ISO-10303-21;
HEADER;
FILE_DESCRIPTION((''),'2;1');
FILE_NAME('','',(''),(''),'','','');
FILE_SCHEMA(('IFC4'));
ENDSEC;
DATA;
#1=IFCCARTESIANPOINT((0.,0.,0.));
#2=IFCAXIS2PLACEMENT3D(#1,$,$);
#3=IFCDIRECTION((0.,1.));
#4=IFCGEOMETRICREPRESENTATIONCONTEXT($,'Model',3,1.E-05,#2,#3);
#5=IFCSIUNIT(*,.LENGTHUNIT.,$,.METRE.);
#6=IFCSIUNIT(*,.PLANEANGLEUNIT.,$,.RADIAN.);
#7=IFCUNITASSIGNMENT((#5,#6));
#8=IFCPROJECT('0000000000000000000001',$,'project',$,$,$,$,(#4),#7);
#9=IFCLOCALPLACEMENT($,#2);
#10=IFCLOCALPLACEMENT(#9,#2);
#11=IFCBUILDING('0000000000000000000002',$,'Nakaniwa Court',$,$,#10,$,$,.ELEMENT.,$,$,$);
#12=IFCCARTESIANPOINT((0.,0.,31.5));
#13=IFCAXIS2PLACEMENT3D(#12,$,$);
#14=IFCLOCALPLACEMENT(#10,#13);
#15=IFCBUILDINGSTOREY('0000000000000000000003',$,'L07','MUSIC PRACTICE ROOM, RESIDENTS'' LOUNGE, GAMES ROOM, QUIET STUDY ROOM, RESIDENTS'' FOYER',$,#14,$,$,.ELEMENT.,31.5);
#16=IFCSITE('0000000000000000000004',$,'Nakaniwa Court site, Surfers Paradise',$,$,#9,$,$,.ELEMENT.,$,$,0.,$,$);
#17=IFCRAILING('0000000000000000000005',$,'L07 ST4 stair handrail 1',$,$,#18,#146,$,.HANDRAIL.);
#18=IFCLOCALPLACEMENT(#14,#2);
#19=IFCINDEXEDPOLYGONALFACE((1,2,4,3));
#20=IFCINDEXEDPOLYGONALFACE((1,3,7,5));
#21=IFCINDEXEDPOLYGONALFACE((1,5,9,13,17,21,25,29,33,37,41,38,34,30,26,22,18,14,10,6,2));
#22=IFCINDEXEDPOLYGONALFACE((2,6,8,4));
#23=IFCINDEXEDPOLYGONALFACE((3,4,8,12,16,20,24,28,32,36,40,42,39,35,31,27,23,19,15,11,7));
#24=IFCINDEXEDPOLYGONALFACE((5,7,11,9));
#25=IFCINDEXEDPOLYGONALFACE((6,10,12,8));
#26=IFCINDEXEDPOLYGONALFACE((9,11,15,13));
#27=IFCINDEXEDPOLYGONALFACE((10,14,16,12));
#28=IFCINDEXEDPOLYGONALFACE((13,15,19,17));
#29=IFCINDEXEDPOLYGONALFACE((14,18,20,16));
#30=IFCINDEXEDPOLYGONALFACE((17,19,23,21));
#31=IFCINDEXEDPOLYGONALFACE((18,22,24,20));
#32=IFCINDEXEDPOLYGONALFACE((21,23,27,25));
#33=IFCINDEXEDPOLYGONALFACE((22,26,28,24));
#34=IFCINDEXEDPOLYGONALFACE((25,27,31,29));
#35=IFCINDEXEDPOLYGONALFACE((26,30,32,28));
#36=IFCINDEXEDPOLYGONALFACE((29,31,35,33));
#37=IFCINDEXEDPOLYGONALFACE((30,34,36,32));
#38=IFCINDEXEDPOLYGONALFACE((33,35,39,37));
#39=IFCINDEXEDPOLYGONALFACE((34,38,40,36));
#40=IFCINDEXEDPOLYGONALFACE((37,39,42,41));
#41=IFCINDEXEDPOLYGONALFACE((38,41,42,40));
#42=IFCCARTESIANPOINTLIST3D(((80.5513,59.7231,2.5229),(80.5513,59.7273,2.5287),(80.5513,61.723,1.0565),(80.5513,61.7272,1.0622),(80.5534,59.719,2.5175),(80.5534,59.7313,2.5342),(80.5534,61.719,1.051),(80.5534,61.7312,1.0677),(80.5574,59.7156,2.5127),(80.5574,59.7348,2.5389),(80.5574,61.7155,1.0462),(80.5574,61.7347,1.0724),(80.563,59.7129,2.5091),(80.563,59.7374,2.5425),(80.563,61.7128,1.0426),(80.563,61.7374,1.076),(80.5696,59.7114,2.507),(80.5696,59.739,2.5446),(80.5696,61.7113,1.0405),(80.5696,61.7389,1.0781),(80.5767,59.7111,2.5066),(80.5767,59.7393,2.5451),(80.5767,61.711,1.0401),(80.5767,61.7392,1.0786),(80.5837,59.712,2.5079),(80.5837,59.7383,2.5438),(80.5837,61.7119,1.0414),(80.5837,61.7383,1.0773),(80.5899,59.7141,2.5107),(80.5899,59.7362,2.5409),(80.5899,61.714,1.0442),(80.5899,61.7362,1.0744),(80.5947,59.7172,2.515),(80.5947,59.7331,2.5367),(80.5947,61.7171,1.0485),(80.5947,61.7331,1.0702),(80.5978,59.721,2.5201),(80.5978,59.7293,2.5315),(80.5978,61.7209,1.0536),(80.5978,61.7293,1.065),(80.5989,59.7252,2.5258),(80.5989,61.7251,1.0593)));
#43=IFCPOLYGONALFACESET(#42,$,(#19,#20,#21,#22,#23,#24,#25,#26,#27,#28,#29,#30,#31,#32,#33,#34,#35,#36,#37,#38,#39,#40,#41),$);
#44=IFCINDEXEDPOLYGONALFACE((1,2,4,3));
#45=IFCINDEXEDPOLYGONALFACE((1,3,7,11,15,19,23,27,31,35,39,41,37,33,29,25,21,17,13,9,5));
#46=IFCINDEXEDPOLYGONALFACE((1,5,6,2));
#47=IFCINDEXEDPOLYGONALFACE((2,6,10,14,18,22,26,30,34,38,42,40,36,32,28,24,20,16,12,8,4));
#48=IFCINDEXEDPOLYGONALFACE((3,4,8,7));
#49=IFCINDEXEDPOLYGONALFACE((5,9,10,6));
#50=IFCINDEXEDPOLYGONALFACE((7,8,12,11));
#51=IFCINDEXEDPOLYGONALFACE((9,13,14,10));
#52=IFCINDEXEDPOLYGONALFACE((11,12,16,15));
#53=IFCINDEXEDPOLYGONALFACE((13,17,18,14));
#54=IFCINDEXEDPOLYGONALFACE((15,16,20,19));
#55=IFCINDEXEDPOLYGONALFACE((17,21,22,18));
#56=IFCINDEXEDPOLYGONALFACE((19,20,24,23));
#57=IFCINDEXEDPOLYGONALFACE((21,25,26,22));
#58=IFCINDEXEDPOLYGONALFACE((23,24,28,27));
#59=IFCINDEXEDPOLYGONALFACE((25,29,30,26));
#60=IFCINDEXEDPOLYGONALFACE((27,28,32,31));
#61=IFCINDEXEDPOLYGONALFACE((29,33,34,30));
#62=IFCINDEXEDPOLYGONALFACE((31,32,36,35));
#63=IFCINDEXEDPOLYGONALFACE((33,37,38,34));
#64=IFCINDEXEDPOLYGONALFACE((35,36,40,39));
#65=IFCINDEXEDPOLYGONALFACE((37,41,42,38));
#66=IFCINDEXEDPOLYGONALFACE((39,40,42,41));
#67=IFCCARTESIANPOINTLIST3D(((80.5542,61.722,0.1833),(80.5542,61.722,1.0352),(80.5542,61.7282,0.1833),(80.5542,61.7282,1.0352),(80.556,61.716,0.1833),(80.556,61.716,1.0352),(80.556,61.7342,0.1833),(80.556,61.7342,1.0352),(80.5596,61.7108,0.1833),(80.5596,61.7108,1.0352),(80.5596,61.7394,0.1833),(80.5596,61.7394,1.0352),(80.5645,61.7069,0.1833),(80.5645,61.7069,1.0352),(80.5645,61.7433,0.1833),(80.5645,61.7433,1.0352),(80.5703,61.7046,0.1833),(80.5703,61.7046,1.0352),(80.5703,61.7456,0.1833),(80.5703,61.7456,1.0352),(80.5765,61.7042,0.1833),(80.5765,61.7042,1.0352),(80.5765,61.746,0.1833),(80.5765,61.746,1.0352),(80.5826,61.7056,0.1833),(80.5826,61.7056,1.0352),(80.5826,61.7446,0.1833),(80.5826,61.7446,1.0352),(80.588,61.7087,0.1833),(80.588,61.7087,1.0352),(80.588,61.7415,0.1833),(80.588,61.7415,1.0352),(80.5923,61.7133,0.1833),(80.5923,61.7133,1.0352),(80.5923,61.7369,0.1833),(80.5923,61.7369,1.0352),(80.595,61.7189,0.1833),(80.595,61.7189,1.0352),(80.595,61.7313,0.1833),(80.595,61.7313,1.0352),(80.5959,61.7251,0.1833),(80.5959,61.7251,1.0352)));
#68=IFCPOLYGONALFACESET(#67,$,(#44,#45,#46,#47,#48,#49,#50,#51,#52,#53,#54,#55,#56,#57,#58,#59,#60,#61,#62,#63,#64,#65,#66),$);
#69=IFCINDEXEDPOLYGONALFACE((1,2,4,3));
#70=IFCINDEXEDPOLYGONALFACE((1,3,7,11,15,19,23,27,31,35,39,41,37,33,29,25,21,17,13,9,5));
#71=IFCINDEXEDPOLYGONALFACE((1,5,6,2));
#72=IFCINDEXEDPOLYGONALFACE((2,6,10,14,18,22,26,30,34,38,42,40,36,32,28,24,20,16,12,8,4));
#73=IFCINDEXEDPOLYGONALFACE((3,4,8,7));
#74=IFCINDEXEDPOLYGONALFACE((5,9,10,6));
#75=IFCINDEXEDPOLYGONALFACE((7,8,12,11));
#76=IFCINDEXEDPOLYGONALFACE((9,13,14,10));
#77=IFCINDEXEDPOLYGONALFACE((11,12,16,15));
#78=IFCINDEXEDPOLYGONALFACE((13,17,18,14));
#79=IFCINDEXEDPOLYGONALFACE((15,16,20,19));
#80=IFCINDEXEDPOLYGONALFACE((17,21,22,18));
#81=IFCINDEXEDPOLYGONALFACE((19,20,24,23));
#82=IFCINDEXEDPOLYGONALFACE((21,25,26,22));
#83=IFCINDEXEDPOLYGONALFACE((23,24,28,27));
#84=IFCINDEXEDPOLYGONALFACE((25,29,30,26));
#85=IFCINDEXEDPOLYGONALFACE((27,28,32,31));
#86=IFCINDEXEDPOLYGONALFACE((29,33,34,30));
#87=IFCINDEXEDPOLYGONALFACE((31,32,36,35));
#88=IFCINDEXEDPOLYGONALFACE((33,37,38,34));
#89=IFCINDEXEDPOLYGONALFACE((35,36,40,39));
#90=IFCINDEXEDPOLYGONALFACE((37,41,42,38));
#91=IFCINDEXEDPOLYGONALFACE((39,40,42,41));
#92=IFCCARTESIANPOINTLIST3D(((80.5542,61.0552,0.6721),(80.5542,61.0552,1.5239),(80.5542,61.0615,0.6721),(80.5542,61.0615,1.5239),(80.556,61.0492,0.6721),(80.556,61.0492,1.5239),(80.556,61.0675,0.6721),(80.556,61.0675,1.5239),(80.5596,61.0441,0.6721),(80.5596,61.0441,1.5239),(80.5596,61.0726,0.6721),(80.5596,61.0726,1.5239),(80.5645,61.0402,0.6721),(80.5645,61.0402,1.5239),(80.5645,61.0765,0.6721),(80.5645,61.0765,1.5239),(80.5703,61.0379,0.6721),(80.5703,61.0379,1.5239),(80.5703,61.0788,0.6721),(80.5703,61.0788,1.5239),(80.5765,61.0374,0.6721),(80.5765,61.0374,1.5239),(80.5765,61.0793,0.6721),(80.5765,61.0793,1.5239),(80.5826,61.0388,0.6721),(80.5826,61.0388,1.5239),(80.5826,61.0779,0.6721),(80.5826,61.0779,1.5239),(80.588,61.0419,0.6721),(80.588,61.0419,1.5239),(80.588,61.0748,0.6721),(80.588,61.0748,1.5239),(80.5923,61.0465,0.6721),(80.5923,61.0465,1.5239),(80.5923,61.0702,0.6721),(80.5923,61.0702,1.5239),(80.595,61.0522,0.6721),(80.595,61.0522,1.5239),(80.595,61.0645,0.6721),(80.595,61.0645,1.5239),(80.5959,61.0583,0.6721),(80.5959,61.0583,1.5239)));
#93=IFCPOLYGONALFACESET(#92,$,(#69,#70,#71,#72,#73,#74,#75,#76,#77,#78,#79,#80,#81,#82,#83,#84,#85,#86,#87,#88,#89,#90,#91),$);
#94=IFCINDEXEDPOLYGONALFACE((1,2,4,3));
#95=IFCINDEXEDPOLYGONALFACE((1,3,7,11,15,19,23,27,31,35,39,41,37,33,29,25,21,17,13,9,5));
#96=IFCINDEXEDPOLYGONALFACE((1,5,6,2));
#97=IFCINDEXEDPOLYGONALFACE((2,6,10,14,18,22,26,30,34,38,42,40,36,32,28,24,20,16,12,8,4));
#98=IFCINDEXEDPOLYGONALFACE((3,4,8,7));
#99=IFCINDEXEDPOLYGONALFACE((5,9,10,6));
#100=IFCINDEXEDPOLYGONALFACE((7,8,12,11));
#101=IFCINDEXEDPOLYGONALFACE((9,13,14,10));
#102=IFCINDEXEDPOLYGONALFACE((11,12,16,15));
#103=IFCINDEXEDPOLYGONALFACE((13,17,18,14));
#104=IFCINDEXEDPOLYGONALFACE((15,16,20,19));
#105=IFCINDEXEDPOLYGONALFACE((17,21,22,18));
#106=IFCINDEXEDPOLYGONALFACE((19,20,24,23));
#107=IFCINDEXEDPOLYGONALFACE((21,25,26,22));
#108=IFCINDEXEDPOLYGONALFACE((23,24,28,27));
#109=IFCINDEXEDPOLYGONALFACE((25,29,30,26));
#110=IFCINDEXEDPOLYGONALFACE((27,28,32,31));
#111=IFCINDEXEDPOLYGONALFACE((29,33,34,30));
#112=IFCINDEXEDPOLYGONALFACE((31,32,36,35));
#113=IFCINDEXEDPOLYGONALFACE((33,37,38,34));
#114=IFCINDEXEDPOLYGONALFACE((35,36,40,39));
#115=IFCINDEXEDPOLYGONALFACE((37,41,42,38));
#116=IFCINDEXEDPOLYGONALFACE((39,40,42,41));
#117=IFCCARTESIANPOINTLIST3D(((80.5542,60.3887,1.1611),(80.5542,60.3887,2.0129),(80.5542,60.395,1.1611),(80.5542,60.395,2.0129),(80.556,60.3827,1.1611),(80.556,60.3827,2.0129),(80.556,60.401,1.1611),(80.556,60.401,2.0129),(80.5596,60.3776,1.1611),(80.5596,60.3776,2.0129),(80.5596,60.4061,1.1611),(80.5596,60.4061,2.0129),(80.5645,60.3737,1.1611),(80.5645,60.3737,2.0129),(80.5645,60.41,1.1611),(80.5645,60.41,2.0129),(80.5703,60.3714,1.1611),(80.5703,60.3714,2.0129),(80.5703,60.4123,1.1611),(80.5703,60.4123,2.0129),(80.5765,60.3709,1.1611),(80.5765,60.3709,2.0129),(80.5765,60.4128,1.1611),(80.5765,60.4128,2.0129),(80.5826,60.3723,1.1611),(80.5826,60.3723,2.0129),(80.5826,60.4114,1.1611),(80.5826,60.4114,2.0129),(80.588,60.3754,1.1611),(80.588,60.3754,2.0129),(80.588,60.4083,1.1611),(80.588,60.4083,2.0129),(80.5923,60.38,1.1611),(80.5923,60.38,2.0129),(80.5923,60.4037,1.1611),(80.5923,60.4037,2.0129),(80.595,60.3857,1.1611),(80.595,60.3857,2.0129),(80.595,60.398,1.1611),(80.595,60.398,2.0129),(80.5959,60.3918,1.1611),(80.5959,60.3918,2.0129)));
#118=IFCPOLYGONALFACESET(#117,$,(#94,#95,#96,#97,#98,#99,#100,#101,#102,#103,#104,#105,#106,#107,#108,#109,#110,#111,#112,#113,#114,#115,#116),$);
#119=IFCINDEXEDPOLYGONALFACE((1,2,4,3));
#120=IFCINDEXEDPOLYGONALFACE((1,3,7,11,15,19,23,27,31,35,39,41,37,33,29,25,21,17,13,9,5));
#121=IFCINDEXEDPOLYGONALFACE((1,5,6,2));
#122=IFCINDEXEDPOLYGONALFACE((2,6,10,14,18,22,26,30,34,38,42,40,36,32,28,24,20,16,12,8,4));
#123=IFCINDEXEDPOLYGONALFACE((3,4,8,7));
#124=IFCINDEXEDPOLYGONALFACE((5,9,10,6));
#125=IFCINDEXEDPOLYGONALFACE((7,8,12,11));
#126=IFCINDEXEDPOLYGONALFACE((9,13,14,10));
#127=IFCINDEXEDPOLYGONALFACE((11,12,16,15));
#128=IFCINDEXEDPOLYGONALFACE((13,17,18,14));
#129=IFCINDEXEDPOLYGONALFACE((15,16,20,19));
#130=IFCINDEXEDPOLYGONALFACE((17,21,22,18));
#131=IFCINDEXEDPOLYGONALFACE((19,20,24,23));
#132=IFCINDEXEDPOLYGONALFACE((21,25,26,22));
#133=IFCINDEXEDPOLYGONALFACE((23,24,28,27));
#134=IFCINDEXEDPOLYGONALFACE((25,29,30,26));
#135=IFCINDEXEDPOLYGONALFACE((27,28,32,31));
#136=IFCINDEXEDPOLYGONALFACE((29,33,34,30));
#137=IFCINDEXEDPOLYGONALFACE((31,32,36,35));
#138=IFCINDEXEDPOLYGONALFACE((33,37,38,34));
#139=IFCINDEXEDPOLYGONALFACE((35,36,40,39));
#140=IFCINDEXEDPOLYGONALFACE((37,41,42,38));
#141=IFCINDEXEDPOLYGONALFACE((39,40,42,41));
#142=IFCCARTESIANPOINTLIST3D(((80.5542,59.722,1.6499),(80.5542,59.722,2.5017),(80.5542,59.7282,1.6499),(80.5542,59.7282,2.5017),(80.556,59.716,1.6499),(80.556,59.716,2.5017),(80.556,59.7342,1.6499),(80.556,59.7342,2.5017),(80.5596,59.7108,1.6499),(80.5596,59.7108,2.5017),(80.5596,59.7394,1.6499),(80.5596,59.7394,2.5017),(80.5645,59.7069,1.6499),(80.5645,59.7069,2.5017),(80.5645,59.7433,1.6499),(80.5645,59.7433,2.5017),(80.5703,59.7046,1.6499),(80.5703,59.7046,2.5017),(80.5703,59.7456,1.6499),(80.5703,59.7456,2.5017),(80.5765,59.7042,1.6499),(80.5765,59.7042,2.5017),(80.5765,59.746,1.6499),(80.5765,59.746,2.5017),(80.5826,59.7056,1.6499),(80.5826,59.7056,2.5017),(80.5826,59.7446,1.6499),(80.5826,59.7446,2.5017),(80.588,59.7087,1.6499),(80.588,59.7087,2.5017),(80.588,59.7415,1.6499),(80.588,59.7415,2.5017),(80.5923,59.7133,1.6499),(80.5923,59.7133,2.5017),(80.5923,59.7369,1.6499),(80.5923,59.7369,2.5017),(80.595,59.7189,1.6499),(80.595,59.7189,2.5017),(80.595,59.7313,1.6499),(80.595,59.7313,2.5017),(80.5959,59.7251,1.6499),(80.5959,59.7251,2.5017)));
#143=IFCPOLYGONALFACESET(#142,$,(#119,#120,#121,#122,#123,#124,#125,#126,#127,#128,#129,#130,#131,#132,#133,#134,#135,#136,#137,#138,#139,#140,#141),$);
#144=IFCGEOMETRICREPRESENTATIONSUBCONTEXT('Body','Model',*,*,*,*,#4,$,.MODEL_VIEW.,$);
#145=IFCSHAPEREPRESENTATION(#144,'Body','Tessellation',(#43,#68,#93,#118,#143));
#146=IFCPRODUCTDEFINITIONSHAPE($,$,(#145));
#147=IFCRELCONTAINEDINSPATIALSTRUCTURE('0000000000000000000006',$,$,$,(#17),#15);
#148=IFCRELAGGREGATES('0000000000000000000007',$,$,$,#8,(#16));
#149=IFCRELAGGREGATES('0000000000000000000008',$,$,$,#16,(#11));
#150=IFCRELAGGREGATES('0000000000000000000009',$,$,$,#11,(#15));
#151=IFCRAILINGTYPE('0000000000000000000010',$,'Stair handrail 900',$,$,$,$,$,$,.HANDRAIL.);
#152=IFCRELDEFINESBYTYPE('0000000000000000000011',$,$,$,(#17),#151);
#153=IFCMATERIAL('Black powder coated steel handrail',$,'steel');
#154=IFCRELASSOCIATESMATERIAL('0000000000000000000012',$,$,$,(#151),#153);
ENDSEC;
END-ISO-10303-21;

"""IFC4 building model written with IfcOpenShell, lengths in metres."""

from ifc_helpers import new_model, si_unit, direction, frame, origin, origin_2d, place, context, subcontext, project, spatial, circle, extrude, material, type_object, element, save


model = new_model("IFC4")

# Units and contexts
model_context = context("Model", 3, precision=1e-05, world=origin(), true_north=direction((0.0, 1.0)))
body_context = subcontext(model_context, "Body", "Model", "MODEL_VIEW")
ifc_project = project(units=[si_unit("LENGTHUNIT", "METRE"), si_unit("PLANEANGLEUNIT", "RADIAN")], contexts=[model_context])

# Site, building, storey
site_placement = place(None, origin())
site = spatial("IfcSite", under=ifc_project, at=site_placement, Name="Nakaniwa Court site, Surfers Paradise", CompositionType="ELEMENT", RefElevation=0.0)
building_placement = place(site_placement, origin())
building = spatial("IfcBuilding", under=site, at=building_placement, Name="Nakaniwa Court", CompositionType="ELEMENT")
storey_placement = place(building_placement, frame((0.0, 0.0, 31.5)))
storey = spatial("IfcBuildingStorey", under=building, at=storey_placement, Name="L07", Description="MUSIC PRACTICE ROOM, RESIDENTS' LOUNGE, GAMES ROOM, QUIET STUDY ROOM, RESIDENTS' FOYER", CompositionType="ELEMENT", Elevation=31.5)

# Railing
ifc_material_1 = material(Name="Black powder coated steel handrail", Category="steel")
railing_type_1 = type_object("IfcRailingType", Name="Stair handrail 900", PredefinedType="HANDRAIL", material=ifc_material_1)
railing_1_placement = place(storey_placement, frame((80.575, 61.7251, 0.1833)))
element("IfcRailing", 1, at=railing_1_placement, inside=storey, type_object=railing_type_1, Name="L07 ST4 stair handrail 1", PredefinedType="HANDRAIL", context=body_context, shape_type="SweptSolid", body=[
    extrude(circle(Radius=0.0239, at=origin_2d()), frame((0.0, 0.0, 0.876), z_axis=(0.0, -0.806427, 0.591334), x_axis=(1.0, 0.0, 0.0)), (0.0, 0.0, 1.0), 2.48),
    extrude(circle(Radius=0.021, at=origin_2d()), origin(), (0.0, 0.0, 1.0), 0.8518),
    extrude(circle(Radius=0.021, at=origin_2d()), frame((0.0, -0.6667, 0.4888)), (0.0, 0.0, 1.0), 0.8518),
    extrude(circle(Radius=0.021, at=origin_2d()), frame((0.0, -1.3333, 0.9778)), (0.0, 0.0, 1.0), 0.8518),
    extrude(circle(Radius=0.021, at=origin_2d()), frame((0.0, -2.0, 1.4666)), (0.0, 0.0, 1.0), 0.8518),
])

save(model, "model.ifc")
